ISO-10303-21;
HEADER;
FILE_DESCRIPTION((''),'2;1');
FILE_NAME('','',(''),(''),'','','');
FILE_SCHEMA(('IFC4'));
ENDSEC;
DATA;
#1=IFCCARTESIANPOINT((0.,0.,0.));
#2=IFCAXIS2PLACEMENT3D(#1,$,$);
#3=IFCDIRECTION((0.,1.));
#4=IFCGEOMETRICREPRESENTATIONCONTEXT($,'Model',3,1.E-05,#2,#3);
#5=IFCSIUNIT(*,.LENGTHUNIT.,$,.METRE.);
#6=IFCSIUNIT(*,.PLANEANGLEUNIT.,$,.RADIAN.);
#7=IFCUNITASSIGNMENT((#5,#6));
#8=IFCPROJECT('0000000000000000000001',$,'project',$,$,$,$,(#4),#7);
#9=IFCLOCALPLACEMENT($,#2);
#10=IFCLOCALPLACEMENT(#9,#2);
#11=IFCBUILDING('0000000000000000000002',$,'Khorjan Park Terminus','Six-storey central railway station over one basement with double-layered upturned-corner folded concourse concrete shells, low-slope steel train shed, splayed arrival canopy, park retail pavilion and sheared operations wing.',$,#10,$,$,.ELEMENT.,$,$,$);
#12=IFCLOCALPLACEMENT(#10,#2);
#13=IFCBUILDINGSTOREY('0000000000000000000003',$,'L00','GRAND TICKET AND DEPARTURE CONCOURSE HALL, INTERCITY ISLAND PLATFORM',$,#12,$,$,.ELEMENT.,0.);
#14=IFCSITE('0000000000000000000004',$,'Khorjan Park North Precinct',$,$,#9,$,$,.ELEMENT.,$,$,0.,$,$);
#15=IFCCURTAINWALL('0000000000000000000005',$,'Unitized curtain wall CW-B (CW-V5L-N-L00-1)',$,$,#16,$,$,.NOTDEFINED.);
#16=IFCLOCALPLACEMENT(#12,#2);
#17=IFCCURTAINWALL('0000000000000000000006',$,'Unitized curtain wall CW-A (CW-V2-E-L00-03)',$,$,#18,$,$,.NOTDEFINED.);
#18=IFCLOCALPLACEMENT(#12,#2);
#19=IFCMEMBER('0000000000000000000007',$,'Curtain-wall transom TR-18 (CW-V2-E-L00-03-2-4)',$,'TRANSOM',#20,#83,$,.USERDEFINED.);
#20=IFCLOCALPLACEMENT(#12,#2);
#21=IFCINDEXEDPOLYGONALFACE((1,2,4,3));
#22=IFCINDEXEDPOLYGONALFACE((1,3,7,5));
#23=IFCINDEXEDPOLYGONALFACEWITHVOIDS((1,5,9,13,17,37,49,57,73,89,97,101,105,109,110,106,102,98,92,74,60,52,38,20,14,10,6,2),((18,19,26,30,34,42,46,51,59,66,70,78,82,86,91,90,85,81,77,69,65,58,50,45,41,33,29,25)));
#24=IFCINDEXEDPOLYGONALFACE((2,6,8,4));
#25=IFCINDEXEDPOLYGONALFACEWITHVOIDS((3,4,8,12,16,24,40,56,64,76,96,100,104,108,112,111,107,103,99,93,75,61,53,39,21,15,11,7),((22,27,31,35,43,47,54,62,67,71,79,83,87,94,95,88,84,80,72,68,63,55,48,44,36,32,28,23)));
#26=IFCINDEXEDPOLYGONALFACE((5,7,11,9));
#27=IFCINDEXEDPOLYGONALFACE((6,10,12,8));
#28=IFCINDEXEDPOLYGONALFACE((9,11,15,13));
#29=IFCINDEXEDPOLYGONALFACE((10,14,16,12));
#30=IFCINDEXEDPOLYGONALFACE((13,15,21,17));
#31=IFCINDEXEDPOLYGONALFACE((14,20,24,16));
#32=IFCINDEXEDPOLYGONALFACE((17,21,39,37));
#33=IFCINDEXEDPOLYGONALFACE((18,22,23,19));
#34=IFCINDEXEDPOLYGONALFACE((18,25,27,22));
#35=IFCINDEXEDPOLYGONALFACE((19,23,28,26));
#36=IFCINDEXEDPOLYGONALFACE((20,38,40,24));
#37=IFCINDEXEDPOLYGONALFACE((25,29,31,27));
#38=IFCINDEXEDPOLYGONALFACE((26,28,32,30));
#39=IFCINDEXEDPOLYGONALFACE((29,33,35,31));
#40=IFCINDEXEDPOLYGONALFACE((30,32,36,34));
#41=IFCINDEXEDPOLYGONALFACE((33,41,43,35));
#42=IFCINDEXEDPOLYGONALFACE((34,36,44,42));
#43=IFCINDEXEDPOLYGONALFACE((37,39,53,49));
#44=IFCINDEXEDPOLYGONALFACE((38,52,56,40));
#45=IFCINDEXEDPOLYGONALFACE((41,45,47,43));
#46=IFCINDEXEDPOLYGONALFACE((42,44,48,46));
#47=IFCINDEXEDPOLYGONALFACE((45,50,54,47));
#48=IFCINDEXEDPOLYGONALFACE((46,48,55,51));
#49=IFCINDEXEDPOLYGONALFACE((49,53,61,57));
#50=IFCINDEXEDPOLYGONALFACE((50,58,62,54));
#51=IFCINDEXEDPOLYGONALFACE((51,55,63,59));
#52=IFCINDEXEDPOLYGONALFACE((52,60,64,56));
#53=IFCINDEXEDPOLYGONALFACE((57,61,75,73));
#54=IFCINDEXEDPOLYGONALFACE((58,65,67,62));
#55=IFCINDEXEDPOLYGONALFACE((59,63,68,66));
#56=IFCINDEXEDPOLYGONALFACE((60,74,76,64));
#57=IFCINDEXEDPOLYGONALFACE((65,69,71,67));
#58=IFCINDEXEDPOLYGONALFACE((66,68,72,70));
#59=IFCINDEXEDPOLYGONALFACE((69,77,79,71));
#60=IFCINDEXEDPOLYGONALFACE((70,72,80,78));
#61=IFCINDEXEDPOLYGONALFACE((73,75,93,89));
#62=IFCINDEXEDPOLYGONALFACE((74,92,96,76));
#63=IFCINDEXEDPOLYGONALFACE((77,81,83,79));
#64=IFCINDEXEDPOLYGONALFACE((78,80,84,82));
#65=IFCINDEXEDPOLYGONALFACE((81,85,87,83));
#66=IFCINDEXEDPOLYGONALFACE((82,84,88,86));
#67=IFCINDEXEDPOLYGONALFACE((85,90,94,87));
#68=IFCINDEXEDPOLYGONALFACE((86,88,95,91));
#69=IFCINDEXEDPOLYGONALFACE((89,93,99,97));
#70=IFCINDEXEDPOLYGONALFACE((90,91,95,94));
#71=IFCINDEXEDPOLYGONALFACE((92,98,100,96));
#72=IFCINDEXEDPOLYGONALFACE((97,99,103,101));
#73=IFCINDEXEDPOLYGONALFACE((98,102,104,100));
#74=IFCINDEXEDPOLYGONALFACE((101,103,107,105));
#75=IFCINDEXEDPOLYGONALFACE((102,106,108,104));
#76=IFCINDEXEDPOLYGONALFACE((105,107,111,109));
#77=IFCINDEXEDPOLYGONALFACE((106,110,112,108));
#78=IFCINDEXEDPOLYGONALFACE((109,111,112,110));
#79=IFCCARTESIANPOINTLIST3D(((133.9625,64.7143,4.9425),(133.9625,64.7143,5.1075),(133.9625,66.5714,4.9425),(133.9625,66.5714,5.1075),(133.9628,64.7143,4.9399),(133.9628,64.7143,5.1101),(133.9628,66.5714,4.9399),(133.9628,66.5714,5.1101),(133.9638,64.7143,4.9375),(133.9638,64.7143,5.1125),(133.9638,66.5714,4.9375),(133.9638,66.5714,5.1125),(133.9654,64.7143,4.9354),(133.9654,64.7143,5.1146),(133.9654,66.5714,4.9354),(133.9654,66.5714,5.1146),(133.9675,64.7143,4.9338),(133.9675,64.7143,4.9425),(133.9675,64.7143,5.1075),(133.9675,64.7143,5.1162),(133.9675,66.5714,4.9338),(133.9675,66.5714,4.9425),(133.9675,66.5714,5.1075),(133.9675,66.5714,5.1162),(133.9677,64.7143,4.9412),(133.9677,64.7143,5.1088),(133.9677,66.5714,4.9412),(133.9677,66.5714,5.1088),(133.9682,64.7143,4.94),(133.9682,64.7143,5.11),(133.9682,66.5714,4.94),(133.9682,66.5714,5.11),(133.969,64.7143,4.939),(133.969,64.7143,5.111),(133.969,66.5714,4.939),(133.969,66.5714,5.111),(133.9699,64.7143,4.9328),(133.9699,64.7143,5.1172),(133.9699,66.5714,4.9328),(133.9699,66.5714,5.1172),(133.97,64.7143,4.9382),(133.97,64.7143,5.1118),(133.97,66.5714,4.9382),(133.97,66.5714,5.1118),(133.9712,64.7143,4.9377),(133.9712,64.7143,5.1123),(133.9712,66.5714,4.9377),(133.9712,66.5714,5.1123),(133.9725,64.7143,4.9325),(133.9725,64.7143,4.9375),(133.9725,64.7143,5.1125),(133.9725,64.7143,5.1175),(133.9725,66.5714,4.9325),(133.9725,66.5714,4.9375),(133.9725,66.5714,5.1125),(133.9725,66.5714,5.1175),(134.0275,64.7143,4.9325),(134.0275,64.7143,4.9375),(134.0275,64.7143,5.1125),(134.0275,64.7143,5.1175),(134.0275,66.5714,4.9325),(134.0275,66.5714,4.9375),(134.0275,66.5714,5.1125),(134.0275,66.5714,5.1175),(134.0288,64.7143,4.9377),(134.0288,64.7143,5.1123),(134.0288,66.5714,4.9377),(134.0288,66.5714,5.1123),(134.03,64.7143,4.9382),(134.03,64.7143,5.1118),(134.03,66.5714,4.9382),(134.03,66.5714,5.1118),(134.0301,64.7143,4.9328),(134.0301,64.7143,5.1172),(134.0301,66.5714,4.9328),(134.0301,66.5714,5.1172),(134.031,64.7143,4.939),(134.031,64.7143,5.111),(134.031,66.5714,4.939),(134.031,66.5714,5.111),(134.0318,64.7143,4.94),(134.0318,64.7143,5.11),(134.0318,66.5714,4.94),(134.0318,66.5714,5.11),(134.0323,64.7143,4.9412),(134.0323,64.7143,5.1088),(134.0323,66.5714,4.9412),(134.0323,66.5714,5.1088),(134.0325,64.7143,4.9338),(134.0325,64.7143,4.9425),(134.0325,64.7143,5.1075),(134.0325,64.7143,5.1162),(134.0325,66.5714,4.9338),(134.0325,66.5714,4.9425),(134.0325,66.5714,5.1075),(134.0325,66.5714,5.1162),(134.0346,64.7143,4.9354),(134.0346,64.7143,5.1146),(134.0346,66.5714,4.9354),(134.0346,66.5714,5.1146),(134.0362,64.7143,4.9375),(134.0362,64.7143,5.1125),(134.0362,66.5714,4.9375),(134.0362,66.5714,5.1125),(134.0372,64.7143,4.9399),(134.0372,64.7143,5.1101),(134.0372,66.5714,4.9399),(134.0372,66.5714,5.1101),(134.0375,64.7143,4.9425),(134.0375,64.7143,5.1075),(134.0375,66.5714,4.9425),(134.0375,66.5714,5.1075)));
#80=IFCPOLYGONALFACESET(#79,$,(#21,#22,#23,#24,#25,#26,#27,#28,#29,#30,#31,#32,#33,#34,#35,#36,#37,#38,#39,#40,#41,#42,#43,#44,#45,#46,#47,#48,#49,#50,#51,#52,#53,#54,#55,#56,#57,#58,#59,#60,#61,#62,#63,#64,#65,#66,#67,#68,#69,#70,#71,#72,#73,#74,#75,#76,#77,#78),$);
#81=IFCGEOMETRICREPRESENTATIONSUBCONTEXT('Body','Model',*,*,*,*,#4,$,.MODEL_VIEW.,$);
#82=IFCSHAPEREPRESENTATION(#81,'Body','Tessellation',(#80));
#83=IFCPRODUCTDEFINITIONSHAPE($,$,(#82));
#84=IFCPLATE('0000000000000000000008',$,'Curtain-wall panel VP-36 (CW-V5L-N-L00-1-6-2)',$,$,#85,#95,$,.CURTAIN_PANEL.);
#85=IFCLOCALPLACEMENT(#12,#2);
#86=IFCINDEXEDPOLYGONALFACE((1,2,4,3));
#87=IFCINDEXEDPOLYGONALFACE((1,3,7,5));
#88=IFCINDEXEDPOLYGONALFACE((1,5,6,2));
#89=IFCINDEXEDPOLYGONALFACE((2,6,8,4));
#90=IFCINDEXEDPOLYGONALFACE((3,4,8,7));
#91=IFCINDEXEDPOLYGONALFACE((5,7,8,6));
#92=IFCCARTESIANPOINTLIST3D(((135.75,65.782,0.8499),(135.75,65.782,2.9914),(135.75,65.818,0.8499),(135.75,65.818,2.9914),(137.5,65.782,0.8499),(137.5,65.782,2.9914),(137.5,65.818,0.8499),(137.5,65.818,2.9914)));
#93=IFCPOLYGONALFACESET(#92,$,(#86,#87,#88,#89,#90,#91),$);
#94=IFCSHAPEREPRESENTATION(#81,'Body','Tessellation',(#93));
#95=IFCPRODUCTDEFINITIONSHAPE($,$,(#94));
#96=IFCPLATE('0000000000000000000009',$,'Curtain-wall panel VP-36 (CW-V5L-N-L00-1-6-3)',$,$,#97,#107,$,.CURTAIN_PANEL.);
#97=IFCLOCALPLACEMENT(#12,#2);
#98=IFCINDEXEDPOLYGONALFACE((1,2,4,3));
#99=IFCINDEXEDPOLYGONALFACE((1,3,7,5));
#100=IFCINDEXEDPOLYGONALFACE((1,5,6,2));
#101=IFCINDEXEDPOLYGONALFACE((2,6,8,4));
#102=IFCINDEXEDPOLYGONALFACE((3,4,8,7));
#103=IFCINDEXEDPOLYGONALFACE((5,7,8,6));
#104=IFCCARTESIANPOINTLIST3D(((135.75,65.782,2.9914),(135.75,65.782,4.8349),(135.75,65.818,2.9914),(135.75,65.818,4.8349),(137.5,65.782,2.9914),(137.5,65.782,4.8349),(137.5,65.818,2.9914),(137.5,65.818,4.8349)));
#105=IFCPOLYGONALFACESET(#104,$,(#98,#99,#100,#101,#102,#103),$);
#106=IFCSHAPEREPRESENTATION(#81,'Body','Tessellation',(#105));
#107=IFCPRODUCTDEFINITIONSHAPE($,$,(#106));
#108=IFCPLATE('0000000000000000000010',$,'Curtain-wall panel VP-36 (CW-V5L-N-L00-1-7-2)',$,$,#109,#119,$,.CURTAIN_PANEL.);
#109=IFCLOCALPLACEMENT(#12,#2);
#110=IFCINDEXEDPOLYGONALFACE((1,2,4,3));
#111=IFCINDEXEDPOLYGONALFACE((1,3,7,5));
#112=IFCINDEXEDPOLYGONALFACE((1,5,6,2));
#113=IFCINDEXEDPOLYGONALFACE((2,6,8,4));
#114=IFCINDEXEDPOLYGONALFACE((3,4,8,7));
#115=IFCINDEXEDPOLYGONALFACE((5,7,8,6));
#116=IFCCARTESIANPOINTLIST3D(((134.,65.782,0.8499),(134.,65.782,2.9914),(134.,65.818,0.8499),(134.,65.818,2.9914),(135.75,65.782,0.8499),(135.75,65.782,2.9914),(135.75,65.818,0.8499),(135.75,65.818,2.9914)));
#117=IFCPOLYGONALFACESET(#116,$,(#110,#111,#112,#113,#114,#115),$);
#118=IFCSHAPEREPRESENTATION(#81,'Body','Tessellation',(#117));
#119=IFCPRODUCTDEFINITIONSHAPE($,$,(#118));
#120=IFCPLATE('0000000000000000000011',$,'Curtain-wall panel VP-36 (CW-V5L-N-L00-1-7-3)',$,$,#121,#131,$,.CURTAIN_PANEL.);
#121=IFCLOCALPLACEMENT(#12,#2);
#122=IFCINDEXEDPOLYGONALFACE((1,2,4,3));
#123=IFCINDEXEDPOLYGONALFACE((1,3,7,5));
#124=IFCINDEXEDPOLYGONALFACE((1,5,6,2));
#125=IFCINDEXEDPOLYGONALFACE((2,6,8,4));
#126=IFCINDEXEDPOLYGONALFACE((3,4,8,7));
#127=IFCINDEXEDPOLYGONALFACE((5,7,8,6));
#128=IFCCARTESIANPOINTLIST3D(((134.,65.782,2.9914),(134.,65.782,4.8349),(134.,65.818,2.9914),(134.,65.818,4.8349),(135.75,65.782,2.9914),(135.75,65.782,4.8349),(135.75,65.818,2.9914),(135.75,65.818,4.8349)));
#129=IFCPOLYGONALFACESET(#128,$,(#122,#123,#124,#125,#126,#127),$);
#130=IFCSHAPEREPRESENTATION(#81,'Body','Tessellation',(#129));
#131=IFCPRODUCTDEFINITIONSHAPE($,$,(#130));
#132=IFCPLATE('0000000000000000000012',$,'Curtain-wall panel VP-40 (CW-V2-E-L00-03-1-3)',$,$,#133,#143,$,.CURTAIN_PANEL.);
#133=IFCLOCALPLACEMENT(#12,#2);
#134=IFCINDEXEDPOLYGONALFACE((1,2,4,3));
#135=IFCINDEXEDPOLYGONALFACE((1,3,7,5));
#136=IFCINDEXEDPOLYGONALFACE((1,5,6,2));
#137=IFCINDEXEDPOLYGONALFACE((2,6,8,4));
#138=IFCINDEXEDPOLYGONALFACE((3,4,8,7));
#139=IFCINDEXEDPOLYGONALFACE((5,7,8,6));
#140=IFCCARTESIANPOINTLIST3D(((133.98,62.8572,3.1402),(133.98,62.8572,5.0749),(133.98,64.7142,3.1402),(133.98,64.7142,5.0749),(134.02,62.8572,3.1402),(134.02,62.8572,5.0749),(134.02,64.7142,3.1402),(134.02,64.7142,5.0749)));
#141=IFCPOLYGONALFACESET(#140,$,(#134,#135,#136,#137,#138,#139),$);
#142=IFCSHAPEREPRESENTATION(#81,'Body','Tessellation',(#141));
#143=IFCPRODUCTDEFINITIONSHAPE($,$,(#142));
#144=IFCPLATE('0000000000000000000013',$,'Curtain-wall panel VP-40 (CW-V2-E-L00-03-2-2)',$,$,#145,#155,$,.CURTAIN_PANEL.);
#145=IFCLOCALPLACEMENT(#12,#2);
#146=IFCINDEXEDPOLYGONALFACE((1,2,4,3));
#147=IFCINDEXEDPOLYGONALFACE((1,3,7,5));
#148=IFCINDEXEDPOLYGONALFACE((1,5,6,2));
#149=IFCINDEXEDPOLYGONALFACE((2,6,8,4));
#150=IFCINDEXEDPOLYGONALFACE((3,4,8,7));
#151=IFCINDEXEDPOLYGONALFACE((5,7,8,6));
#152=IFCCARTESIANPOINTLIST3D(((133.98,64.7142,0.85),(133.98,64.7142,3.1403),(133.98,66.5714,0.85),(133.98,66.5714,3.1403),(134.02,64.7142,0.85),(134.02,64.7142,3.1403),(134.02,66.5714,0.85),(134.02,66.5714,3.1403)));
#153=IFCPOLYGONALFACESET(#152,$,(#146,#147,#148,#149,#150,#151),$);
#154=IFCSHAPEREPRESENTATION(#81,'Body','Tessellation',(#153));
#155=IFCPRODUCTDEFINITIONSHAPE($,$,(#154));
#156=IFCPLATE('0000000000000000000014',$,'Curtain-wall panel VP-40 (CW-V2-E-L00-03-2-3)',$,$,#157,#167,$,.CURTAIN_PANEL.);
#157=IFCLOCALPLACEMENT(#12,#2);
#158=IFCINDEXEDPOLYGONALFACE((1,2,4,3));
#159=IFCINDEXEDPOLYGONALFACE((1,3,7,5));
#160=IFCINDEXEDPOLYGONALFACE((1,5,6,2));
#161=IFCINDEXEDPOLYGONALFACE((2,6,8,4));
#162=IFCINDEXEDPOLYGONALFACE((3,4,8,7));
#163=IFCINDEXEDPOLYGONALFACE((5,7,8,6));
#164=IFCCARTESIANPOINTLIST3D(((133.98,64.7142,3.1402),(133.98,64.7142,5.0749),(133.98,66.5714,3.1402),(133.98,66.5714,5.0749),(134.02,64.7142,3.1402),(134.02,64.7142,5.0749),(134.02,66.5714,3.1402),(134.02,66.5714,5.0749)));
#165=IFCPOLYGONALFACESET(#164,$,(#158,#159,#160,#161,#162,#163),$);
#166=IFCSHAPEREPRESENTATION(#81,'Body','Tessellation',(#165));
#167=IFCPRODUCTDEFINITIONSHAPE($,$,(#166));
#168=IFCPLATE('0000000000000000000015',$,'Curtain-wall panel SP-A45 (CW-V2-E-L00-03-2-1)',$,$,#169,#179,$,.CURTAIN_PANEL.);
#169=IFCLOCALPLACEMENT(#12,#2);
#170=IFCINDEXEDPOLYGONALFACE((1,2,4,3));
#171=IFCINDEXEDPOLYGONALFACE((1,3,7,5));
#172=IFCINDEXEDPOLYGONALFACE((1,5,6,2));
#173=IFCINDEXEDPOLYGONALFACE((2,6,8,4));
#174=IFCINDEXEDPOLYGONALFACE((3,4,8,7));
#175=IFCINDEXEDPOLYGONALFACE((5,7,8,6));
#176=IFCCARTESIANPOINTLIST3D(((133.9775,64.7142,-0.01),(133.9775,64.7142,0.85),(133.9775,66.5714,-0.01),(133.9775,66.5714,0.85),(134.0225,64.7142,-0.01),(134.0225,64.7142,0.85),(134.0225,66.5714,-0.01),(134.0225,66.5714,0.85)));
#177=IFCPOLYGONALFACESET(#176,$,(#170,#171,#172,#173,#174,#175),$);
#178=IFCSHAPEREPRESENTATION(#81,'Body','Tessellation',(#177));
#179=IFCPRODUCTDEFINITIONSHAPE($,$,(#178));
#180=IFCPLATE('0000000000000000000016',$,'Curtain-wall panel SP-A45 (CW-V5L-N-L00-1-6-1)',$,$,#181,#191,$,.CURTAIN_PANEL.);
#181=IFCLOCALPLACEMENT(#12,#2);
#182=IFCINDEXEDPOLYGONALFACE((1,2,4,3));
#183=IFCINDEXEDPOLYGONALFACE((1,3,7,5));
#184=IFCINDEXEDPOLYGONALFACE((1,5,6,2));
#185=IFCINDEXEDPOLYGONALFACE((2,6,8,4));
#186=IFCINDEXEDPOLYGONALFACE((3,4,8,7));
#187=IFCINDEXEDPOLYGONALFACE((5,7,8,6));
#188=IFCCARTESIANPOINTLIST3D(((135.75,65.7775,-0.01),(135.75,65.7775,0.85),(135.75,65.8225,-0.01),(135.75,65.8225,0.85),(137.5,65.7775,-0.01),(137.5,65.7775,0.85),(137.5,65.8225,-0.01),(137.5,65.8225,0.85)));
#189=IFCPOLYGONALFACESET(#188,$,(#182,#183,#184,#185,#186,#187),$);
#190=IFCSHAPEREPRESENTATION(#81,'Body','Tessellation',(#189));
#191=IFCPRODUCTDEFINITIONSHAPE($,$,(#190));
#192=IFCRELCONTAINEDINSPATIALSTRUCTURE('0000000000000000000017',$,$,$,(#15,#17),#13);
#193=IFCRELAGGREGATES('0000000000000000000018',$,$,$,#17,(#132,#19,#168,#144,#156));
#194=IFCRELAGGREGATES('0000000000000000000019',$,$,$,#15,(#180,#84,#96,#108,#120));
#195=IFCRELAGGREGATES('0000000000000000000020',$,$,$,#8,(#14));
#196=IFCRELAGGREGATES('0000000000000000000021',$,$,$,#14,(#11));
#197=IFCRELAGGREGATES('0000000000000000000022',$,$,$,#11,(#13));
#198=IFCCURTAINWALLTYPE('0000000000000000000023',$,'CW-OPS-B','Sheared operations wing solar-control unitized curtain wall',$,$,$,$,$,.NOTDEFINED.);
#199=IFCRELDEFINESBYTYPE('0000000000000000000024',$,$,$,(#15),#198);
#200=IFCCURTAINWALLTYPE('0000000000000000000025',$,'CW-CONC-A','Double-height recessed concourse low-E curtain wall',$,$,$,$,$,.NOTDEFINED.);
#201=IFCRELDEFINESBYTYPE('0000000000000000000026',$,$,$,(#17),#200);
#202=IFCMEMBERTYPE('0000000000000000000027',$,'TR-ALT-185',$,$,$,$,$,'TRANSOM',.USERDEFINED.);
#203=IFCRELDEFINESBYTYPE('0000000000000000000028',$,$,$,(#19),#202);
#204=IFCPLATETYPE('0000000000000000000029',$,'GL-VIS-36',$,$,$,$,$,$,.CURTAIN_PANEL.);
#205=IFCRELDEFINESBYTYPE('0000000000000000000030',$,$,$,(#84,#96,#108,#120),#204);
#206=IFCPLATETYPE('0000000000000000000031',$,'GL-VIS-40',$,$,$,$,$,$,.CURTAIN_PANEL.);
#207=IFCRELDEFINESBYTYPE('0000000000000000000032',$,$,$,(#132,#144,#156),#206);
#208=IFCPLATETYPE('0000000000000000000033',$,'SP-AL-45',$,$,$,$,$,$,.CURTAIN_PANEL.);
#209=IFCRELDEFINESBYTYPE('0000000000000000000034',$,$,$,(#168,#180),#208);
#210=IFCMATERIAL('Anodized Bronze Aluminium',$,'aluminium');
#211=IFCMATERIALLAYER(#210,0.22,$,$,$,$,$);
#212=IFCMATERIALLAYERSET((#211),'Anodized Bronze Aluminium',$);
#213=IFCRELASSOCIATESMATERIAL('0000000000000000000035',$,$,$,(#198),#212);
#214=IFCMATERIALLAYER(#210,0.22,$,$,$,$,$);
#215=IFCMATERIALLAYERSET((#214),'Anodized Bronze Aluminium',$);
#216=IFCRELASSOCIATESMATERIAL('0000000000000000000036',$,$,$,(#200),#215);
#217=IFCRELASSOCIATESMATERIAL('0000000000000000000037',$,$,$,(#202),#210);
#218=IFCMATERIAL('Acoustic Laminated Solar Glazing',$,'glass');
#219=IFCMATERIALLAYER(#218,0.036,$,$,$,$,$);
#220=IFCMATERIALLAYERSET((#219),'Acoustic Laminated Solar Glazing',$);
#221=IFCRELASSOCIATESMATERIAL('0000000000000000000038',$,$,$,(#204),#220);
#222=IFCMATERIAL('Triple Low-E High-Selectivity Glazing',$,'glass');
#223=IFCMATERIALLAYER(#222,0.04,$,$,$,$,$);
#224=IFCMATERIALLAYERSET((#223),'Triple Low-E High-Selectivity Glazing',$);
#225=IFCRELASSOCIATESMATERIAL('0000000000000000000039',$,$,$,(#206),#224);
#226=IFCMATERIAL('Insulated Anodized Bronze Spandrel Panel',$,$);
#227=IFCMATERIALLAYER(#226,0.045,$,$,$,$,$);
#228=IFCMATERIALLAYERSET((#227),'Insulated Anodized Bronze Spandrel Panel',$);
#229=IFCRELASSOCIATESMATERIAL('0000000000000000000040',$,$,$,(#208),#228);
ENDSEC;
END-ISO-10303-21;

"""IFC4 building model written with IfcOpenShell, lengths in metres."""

from ifc_helpers import new_model, si_unit, direction, frame, origin, origin_2d, place, context, subcontext, project, spatial, rectangle, hollow_rectangle, extrude, material, layer, layer_set, material_profile, profile_set, type_object, element, aggregate, save


model = new_model("IFC4")

# Units and contexts
model_context = context("Model", 3, precision=1e-05, world=origin(), true_north=direction((0.0, 1.0)))
body_context = subcontext(model_context, "Body", "Model", "MODEL_VIEW")
ifc_project = project(units=[si_unit("LENGTHUNIT", "METRE"), si_unit("PLANEANGLEUNIT", "RADIAN")], contexts=[model_context])

# Site, building, storey
site_placement = place(None, origin())
site = spatial("IfcSite", under=ifc_project, at=site_placement, Name="Khorjan Park North Precinct", CompositionType="ELEMENT", RefElevation=0.0)
building_placement = place(site_placement, origin())
building = spatial("IfcBuilding", under=site, at=building_placement, Name="Khorjan Park Terminus", Description="Six-storey central railway station over one basement with double-layered upturned-corner folded concourse concrete shells, low-slope steel train shed, splayed arrival canopy, park retail pavilion and sheared operations wing.", CompositionType="ELEMENT")
storey_placement = place(building_placement, origin())
storey = spatial("IfcBuildingStorey", under=building, at=storey_placement, Name="L00", Description="GRAND TICKET AND DEPARTURE CONCOURSE HALL, INTERCITY ISLAND PLATFORM", CompositionType="ELEMENT", Elevation=0.0)

# Curtain wall
ifc_material_1 = material(Name="Anodized Bronze Aluminium", Category="aluminium")
ifc_layer_1 = layer(ifc_material_1, 0.22)
ifc_layer_set_1 = layer_set([ifc_layer_1], Name="Anodized Bronze Aluminium")
curtain_wall_type_1 = type_object("IfcCurtainWallType", Name="CW-OPS-B", Description="Sheared operations wing solar-control unitized curtain wall", PredefinedType="NOTDEFINED", material=ifc_layer_set_1)
curtain_wall_1_placement = place(storey_placement, origin())
curtain_wall_1 = element("IfcCurtainWall", 1, at=curtain_wall_1_placement, inside=storey, type_object=curtain_wall_type_1, Name="Unitized curtain wall CW-B (CW-V5L-N-L00-1)", PredefinedType="NOTDEFINED")

# Curtain wall
ifc_layer_2 = layer(ifc_material_1, 0.22)
ifc_layer_set_2 = layer_set([ifc_layer_2], Name="Anodized Bronze Aluminium")
curtain_wall_type_2 = type_object("IfcCurtainWallType", Name="CW-CONC-A", Description="Double-height recessed concourse low-E curtain wall", PredefinedType="NOTDEFINED", material=ifc_layer_set_2)
curtain_wall_2_placement = place(storey_placement, origin())
curtain_wall_2 = element("IfcCurtainWall", 2, at=curtain_wall_2_placement, inside=storey, type_object=curtain_wall_type_2, Name="Unitized curtain wall CW-A (CW-V2-E-L00-03)", PredefinedType="NOTDEFINED")

# Member
ifc_material_profile_1 = material_profile(ifc_material_1, hollow_rectangle(XDim=0.075, YDim=0.185, WallThickness=0.005, InnerFilletRadius=0.005, OuterFilletRadius=0.01, at=origin_2d()), Name="ALT 75x185x5")
ifc_profile_set_1 = profile_set([ifc_material_profile_1], Name="Anodized Bronze Aluminium")
member_type_1 = type_object("IfcMemberType", Name="TR-ALT-185", ElementType="TRANSOM", PredefinedType="USERDEFINED", material=ifc_profile_set_1)
member_1_placement = place(storey_placement, frame((134.0, 64.7143, 5.025), z_axis=(0.0, 1.0, 0.0), x_axis=(-1.0, 0.0, 0.0)))
member_1 = element("IfcMember", 3, at=member_1_placement, type_object=member_type_1, Name="Curtain-wall transom TR-18 (CW-V2-E-L00-03-2-4)", ObjectType="TRANSOM", PredefinedType="USERDEFINED", context=body_context, shape_type="SweptSolid", body=[
    extrude(hollow_rectangle(XDim=0.075, YDim=0.185, WallThickness=0.005, InnerFilletRadius=0.005, OuterFilletRadius=0.01, at=origin_2d()), origin(), (0.0, 0.0, 1.0), 1.8571),
])

# Plates
ifc_material_2 = material(Name="Acoustic Laminated Solar Glazing", Category="glass")
ifc_layer_3 = layer(ifc_material_2, 0.036)
ifc_layer_set_3 = layer_set([ifc_layer_3], Name="Acoustic Laminated Solar Glazing")
plate_type_1 = type_object("IfcPlateType", Name="GL-VIS-36", PredefinedType="CURTAIN_PANEL", material=ifc_layer_set_3)
plate_1_placement = place(storey_placement, frame((136.625, 65.8, 0.8499), z_axis=(0.0, 0.0, 1.0), x_axis=(-1.0, 0.0, 0.0)))
plate_1 = element("IfcPlate", 4, at=plate_1_placement, type_object=plate_type_1, Name="Curtain-wall panel VP-36 (CW-V5L-N-L00-1-6-2)", PredefinedType="CURTAIN_PANEL", context=body_context, shape_type="SweptSolid", body=[
    extrude(rectangle(XDim=1.75, YDim=0.036, at=origin_2d()), origin(), (0.0, 0.0, 1.0), 2.1415),
])
plate_2_placement = place(storey_placement, frame((136.625, 65.8, 2.9914), z_axis=(0.0, 0.0, 1.0), x_axis=(-1.0, 0.0, 0.0)))
plate_2 = element("IfcPlate", 5, at=plate_2_placement, type_object=plate_type_1, Name="Curtain-wall panel VP-36 (CW-V5L-N-L00-1-6-3)", PredefinedType="CURTAIN_PANEL", context=body_context, shape_type="SweptSolid", body=[
    extrude(rectangle(XDim=1.75, YDim=0.036, at=origin_2d()), origin(), (0.0, 0.0, 1.0), 1.8435),
])
plate_3_placement = place(storey_placement, frame((134.875, 65.8, 0.8499), z_axis=(0.0, 0.0, 1.0), x_axis=(-1.0, 0.0, 0.0)))
plate_3 = element("IfcPlate", 6, at=plate_3_placement, type_object=plate_type_1, Name="Curtain-wall panel VP-36 (CW-V5L-N-L00-1-7-2)", PredefinedType="CURTAIN_PANEL", context=body_context, shape_type="SweptSolid", body=[
    extrude(rectangle(XDim=1.75, YDim=0.036, at=origin_2d()), origin(), (0.0, 0.0, 1.0), 2.1415),
])
plate_4_placement = place(storey_placement, frame((134.875, 65.8, 2.9914), z_axis=(0.0, 0.0, 1.0), x_axis=(-1.0, 0.0, 0.0)))
plate_4 = element("IfcPlate", 7, at=plate_4_placement, type_object=plate_type_1, Name="Curtain-wall panel VP-36 (CW-V5L-N-L00-1-7-3)", PredefinedType="CURTAIN_PANEL", context=body_context, shape_type="SweptSolid", body=[
    extrude(rectangle(XDim=1.75, YDim=0.036, at=origin_2d()), origin(), (0.0, 0.0, 1.0), 1.8435),
])
ifc_material_3 = material(Name="Triple Low-E High-Selectivity Glazing", Category="glass")
ifc_layer_4 = layer(ifc_material_3, 0.04)
ifc_layer_set_4 = layer_set([ifc_layer_4], Name="Triple Low-E High-Selectivity Glazing")
plate_type_2 = type_object("IfcPlateType", Name="GL-VIS-40", PredefinedType="CURTAIN_PANEL", material=ifc_layer_set_4)
plate_5_placement = place(storey_placement, frame((134.0, 63.7857, 3.1402), z_axis=(0.0, 0.0, 1.0), x_axis=(0.0, 1.0, 0.0)))
plate_5 = element("IfcPlate", 8, at=plate_5_placement, type_object=plate_type_2, Name="Curtain-wall panel VP-40 (CW-V2-E-L00-03-1-3)", PredefinedType="CURTAIN_PANEL", context=body_context, shape_type="SweptSolid", body=[
    extrude(rectangle(XDim=1.8571, YDim=0.04, at=origin_2d()), origin(), (0.0, 0.0, 1.0), 1.9347),
])
plate_6_placement = place(storey_placement, frame((134.0, 65.6428, 0.85), z_axis=(0.0, 0.0, 1.0), x_axis=(0.0, 1.0, 0.0)))
plate_6 = element("IfcPlate", 9, at=plate_6_placement, type_object=plate_type_2, Name="Curtain-wall panel VP-40 (CW-V2-E-L00-03-2-2)", PredefinedType="CURTAIN_PANEL", context=body_context, shape_type="SweptSolid", body=[
    extrude(rectangle(XDim=1.8571, YDim=0.04, at=origin_2d()), origin(), (0.0, 0.0, 1.0), 2.2903),
])
plate_7_placement = place(storey_placement, frame((134.0, 65.6428, 3.1402), z_axis=(0.0, 0.0, 1.0), x_axis=(0.0, 1.0, 0.0)))
plate_7 = element("IfcPlate", 10, at=plate_7_placement, type_object=plate_type_2, Name="Curtain-wall panel VP-40 (CW-V2-E-L00-03-2-3)", PredefinedType="CURTAIN_PANEL", context=body_context, shape_type="SweptSolid", body=[
    extrude(rectangle(XDim=1.8571, YDim=0.04, at=origin_2d()), origin(), (0.0, 0.0, 1.0), 1.9347),
])
ifc_material_4 = material(Name="Insulated Anodized Bronze Spandrel Panel")
ifc_layer_5 = layer(ifc_material_4, 0.045)
ifc_layer_set_5 = layer_set([ifc_layer_5], Name="Insulated Anodized Bronze Spandrel Panel")
plate_type_3 = type_object("IfcPlateType", Name="SP-AL-45", PredefinedType="CURTAIN_PANEL", material=ifc_layer_set_5)
plate_8_placement = place(storey_placement, frame((134.0, 65.6428, -0.01), z_axis=(0.0, 0.0, 1.0), x_axis=(0.0, 1.0, 0.0)))
plate_8 = element("IfcPlate", 11, at=plate_8_placement, type_object=plate_type_3, Name="Curtain-wall panel SP-A45 (CW-V2-E-L00-03-2-1)", PredefinedType="CURTAIN_PANEL", context=body_context, shape_type="SweptSolid", body=[
    extrude(rectangle(XDim=1.8571, YDim=0.045, at=origin_2d()), origin(), (0.0, 0.0, 1.0), 0.86),
])
aggregate(curtain_wall_2, [plate_5, member_1, plate_8, plate_6, plate_7])
plate_9_placement = place(storey_placement, frame((136.625, 65.8, -0.01), z_axis=(0.0, 0.0, 1.0), x_axis=(-1.0, 0.0, 0.0)))
plate_9 = element("IfcPlate", 12, at=plate_9_placement, type_object=plate_type_3, Name="Curtain-wall panel SP-A45 (CW-V5L-N-L00-1-6-1)", PredefinedType="CURTAIN_PANEL", context=body_context, shape_type="SweptSolid", body=[
    extrude(rectangle(XDim=1.75, YDim=0.045, at=origin_2d()), origin(), (0.0, 0.0, 1.0), 0.86),
])
aggregate(curtain_wall_1, [plate_9, plate_1, plate_2, plate_3, plate_4])

save(model, "model.ifc")
